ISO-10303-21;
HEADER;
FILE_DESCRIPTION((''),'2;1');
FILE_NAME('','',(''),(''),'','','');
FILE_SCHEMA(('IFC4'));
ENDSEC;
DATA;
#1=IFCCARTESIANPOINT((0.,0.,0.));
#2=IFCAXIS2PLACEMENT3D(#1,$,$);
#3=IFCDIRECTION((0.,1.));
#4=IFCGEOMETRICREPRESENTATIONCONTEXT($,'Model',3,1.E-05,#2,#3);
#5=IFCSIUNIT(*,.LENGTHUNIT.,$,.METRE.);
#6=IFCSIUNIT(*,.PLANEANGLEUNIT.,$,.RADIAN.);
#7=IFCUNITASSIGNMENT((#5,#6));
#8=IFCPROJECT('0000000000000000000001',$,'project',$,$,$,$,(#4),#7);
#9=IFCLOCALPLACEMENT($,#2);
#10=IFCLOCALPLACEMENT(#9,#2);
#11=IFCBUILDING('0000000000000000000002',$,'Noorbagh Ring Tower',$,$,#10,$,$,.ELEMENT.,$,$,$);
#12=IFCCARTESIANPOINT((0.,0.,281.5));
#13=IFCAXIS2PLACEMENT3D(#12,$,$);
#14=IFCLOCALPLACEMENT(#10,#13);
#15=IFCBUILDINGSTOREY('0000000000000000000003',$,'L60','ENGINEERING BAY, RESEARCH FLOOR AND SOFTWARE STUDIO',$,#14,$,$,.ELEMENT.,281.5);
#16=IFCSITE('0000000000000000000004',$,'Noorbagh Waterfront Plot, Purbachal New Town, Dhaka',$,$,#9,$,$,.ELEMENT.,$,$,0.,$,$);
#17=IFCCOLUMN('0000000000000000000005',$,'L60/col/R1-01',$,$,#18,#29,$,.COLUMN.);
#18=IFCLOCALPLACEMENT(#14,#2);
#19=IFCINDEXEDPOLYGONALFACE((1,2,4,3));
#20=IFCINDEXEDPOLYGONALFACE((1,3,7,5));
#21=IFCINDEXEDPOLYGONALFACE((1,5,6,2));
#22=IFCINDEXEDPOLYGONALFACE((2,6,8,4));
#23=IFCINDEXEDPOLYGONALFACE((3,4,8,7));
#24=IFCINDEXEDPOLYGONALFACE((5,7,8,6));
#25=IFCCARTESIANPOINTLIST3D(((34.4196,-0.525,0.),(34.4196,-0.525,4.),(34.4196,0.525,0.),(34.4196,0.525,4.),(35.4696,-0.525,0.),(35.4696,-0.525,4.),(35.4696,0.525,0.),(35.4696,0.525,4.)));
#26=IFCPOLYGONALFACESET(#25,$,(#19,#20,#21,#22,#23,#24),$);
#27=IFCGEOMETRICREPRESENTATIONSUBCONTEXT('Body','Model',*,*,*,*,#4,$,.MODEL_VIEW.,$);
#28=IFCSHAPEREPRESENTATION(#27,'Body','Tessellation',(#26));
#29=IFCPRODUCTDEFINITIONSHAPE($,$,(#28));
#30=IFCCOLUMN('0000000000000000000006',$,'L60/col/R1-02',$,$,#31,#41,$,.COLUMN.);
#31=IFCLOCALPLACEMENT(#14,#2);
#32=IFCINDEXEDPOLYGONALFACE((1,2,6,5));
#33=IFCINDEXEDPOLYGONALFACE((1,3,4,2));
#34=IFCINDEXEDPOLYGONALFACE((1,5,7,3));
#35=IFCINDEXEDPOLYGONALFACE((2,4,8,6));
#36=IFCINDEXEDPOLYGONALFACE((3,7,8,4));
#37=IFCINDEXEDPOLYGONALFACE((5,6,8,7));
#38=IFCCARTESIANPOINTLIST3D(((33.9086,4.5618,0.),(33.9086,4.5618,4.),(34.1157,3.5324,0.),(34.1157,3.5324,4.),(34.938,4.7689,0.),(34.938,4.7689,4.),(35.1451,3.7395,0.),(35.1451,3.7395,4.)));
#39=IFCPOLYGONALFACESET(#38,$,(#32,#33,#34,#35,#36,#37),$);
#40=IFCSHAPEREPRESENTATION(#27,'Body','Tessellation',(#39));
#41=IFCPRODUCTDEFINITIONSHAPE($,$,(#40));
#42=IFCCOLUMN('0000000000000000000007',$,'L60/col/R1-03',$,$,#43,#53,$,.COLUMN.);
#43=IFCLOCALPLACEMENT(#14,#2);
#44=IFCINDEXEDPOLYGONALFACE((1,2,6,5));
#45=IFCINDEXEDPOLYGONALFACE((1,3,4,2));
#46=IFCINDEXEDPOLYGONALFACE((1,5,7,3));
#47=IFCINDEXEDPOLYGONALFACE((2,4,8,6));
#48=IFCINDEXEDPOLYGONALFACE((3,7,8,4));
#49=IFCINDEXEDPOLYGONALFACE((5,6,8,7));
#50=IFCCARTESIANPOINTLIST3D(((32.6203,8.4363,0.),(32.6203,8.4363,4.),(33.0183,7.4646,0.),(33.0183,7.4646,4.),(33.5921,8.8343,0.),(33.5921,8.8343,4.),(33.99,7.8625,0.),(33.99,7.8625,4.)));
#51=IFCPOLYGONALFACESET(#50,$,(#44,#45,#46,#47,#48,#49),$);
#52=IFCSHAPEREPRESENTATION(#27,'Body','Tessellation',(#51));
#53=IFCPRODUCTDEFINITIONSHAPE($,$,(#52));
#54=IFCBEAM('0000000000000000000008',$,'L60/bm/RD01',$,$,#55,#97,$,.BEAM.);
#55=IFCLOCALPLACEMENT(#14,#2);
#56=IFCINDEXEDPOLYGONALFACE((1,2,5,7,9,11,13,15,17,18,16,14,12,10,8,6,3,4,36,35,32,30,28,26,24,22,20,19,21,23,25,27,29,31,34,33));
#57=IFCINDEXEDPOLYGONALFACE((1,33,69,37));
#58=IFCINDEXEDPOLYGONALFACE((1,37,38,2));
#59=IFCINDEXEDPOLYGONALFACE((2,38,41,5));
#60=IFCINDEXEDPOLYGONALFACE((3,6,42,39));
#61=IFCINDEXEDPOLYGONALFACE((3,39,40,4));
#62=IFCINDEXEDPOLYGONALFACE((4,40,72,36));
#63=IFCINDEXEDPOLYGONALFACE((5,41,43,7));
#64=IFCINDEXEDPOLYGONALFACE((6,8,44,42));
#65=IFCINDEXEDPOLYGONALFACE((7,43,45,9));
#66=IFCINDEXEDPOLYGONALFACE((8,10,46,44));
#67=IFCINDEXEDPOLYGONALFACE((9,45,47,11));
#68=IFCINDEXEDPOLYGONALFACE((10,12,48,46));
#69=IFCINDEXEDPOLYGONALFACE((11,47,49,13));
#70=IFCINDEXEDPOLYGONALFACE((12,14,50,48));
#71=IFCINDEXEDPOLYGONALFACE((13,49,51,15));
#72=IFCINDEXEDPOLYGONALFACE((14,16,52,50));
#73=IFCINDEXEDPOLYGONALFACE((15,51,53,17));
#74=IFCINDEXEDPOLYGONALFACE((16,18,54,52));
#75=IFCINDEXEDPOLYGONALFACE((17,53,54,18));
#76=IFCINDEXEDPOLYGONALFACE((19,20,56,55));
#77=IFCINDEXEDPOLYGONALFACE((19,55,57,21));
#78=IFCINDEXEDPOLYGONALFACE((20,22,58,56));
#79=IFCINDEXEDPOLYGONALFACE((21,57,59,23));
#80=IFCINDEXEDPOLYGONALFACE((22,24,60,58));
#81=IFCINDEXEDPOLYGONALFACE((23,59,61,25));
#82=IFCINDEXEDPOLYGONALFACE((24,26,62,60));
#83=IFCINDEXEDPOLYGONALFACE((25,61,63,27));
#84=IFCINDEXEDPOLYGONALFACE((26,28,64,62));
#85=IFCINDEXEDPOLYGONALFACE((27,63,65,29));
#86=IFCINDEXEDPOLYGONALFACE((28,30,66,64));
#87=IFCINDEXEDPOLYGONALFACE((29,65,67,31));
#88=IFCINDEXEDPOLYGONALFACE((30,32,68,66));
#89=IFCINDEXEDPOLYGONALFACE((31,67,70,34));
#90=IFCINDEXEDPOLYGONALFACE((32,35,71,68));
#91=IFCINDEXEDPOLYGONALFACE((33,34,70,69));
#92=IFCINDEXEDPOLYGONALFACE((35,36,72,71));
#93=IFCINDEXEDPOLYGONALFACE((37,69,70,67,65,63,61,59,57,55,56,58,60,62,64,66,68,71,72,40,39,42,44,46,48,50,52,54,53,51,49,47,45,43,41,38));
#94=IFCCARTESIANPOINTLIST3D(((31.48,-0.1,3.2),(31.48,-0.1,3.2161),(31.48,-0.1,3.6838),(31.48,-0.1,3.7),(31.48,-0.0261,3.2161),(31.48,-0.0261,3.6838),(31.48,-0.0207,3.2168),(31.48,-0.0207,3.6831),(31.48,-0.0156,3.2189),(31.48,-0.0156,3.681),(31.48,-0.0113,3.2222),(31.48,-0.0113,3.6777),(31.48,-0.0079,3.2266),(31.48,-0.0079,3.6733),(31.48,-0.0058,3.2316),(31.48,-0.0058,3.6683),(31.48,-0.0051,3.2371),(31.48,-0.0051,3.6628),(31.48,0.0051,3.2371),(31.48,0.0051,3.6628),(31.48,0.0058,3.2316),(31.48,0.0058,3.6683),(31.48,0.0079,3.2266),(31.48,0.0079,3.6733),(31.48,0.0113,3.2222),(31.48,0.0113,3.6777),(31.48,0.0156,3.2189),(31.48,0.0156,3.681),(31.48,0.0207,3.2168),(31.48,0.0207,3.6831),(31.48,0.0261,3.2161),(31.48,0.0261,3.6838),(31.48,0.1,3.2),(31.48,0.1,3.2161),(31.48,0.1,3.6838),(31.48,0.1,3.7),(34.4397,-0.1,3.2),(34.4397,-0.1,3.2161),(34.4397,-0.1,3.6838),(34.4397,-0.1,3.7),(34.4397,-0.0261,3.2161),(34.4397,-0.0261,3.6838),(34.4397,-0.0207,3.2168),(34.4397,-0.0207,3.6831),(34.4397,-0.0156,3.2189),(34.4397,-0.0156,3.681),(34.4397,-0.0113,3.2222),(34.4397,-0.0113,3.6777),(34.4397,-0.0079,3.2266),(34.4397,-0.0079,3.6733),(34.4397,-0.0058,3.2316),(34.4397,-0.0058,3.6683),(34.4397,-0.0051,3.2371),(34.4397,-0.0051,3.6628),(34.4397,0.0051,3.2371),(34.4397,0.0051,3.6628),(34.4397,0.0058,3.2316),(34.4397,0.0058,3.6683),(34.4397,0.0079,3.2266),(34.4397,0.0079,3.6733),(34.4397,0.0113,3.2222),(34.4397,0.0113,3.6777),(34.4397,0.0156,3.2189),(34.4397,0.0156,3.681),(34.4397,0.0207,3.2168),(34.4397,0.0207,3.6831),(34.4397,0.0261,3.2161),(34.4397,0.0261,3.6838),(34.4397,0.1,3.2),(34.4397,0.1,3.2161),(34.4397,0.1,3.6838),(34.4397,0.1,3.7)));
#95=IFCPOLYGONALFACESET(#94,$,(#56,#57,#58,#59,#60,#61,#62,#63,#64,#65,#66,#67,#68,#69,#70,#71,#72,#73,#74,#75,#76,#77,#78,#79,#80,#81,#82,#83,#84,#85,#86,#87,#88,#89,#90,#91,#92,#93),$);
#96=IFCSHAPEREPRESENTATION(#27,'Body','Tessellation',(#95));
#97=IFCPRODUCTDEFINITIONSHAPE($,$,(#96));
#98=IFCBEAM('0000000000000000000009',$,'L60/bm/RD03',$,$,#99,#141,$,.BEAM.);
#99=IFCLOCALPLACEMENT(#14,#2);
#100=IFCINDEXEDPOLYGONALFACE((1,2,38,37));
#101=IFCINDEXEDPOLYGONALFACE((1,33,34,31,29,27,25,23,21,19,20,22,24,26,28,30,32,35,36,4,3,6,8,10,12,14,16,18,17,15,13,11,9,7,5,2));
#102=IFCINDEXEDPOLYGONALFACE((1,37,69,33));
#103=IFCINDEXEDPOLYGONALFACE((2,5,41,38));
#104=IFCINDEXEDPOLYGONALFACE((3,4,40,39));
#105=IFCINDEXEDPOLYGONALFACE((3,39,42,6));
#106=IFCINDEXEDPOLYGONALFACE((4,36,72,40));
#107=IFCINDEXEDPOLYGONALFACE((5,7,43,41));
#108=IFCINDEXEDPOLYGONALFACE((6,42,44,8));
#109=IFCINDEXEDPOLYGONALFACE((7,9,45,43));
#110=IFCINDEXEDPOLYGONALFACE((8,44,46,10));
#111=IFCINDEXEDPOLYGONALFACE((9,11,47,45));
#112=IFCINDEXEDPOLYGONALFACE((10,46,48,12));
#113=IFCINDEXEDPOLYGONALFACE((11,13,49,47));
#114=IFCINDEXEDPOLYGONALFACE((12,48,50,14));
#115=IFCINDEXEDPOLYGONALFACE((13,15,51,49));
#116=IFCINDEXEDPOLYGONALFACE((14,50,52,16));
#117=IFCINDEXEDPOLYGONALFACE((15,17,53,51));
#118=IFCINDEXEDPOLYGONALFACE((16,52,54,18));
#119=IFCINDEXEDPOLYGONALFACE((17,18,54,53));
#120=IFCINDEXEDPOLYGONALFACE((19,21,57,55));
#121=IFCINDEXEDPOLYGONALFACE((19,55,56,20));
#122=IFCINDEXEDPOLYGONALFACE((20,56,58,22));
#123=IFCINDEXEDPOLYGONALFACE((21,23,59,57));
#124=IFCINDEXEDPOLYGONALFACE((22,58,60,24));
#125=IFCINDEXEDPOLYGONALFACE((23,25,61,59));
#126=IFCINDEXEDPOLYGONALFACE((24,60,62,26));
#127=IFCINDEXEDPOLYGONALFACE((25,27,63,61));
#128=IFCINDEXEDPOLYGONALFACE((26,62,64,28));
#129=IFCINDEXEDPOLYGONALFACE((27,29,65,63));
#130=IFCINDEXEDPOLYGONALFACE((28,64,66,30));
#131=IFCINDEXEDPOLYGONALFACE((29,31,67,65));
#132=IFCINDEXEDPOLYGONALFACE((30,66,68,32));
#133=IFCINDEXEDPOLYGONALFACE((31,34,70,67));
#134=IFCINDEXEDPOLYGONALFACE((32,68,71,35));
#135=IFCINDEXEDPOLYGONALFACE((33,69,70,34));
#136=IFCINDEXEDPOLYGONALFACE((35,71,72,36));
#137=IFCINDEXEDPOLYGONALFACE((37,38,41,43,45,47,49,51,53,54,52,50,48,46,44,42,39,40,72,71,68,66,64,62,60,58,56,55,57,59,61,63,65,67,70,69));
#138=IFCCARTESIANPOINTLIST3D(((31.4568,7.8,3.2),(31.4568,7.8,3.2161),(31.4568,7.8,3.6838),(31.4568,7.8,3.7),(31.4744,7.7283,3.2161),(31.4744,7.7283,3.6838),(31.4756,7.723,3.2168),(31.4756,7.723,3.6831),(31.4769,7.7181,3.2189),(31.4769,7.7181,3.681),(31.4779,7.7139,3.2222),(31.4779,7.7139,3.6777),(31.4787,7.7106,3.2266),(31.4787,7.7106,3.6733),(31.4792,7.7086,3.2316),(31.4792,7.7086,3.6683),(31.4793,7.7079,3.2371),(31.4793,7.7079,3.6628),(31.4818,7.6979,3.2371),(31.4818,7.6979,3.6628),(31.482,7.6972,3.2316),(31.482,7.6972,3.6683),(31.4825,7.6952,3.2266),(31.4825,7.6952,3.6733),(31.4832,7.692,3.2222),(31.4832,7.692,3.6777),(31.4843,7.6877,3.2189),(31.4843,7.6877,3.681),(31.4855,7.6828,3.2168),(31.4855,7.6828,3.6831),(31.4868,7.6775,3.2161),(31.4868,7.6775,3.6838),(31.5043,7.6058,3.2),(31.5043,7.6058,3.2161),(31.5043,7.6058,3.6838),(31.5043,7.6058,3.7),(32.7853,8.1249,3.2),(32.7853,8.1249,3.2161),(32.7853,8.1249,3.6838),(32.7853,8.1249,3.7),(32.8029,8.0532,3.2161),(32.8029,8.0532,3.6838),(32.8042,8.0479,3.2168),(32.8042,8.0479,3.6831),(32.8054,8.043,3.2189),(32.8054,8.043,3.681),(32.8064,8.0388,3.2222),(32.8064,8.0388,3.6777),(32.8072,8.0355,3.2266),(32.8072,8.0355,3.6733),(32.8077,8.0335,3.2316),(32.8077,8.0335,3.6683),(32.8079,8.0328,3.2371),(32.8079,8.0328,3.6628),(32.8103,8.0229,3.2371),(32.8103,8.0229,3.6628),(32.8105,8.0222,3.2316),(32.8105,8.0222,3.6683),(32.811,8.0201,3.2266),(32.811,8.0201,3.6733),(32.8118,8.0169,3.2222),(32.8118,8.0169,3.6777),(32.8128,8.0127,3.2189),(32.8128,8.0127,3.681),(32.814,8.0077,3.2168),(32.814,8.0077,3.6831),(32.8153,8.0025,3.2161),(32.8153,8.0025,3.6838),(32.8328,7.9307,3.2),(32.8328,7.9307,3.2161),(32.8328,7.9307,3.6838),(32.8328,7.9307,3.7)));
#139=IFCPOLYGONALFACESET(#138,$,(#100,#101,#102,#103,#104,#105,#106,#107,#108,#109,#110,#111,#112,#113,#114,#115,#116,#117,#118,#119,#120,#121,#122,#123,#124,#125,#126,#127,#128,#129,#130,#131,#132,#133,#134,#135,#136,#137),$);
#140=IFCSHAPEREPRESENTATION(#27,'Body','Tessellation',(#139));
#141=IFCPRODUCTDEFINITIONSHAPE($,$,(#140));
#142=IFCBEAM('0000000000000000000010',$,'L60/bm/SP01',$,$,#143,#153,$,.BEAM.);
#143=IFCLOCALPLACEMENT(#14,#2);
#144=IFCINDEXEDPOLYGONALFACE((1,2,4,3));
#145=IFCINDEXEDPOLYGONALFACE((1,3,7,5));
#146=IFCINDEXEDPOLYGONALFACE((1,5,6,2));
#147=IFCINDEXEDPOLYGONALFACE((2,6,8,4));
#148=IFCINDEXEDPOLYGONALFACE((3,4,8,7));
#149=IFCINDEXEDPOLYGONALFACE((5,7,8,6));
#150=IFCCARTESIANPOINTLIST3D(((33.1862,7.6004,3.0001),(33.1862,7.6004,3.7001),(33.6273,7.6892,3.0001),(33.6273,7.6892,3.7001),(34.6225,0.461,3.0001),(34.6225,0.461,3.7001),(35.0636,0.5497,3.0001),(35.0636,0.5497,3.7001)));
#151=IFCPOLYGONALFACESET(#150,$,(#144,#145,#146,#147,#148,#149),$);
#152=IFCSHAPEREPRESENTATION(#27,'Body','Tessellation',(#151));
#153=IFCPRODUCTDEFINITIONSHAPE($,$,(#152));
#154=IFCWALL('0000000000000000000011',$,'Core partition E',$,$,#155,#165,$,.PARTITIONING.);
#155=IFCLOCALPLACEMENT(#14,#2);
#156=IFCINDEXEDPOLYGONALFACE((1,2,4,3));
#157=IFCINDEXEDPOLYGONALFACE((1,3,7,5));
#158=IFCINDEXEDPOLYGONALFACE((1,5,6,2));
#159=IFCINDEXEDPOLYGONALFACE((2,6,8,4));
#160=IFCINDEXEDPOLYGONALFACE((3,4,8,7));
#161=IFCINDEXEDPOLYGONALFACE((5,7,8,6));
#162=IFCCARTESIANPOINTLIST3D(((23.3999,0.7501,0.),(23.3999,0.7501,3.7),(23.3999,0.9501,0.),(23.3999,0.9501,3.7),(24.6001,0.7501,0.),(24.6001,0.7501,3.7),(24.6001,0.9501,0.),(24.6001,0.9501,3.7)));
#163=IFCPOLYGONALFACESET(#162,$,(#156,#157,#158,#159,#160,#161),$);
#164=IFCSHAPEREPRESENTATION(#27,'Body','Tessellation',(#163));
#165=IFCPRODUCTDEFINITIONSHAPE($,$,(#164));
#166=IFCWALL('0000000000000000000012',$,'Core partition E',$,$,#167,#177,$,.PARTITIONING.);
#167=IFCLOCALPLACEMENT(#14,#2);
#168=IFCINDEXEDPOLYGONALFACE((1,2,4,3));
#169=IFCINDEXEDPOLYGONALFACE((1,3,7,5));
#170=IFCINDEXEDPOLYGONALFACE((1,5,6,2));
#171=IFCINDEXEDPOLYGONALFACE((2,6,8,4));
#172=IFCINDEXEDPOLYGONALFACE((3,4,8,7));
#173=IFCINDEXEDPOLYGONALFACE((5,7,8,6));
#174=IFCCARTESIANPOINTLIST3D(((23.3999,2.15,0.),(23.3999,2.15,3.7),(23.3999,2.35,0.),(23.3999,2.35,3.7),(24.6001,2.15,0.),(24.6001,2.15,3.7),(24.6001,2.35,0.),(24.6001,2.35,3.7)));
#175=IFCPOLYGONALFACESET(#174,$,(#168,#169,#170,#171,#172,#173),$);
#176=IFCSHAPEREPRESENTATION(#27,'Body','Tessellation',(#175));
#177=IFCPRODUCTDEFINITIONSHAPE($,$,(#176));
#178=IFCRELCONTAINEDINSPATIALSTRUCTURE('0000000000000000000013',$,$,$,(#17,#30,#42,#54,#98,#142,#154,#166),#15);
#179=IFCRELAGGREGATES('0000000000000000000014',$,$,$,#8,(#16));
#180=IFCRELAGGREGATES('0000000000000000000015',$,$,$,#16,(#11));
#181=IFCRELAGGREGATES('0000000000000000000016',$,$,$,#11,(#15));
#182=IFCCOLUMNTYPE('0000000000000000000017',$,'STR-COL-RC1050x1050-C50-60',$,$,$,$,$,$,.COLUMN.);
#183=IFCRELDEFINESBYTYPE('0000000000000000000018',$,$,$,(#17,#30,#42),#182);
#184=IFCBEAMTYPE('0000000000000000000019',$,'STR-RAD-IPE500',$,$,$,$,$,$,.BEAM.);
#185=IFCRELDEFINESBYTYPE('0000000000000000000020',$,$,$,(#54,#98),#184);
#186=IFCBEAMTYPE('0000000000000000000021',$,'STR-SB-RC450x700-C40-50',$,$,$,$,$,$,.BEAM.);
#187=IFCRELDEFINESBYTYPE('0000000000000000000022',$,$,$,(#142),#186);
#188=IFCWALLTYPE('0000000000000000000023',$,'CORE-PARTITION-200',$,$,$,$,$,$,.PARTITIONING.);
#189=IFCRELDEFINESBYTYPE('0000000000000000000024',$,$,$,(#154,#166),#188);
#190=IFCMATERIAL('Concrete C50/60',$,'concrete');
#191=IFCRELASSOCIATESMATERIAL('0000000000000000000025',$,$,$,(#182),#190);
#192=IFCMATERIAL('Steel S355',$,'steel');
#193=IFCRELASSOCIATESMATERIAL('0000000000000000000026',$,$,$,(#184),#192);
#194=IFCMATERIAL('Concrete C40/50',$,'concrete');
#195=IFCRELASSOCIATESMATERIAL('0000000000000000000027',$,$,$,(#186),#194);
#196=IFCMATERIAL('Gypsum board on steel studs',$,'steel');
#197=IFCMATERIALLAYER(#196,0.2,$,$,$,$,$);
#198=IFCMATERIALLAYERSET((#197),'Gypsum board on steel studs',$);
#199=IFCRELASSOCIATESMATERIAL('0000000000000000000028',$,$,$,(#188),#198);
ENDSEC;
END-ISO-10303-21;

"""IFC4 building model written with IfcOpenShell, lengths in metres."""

from ifc_helpers import new_model, si_unit, direction, frame, frame_2d, origin, origin_2d, place, context, subcontext, project, spatial, rectangle, i_section, extrude, material, layer, layer_set, material_profile, profile_set, type_object, element, save


model = new_model("IFC4")

# Units and contexts
model_context = context("Model", 3, precision=1e-05, world=origin(), true_north=direction((0.0, 1.0)))
body_context = subcontext(model_context, "Body", "Model", "MODEL_VIEW")
ifc_project = project(units=[si_unit("LENGTHUNIT", "METRE"), si_unit("PLANEANGLEUNIT", "RADIAN")], contexts=[model_context])

# Site, building, storey
site_placement = place(None, origin())
site = spatial("IfcSite", under=ifc_project, at=site_placement, Name="Noorbagh Waterfront Plot, Purbachal New Town, Dhaka", CompositionType="ELEMENT", RefElevation=0.0)
building_placement = place(site_placement, origin())
building = spatial("IfcBuilding", under=site, at=building_placement, Name="Noorbagh Ring Tower", CompositionType="ELEMENT")
storey_placement = place(building_placement, frame((0.0, 0.0, 281.5)))
storey = spatial("IfcBuildingStorey", under=building, at=storey_placement, Name="L60", Description="ENGINEERING BAY, RESEARCH FLOOR AND SOFTWARE STUDIO", CompositionType="ELEMENT", Elevation=281.5)

# Columns
ifc_material_1 = material(Name="Concrete C50/60", Category="concrete")
ifc_material_profile_1 = material_profile(ifc_material_1, rectangle(XDim=1.05, YDim=1.05, at=origin_2d()), Name="RC1050x1050")
ifc_profile_set_1 = profile_set([ifc_material_profile_1], Name="Concrete C50/60")
column_type = type_object("IfcColumnType", Name="STR-COL-RC1050x1050-C50-60", PredefinedType="COLUMN", material=ifc_profile_set_1)
for number, where, z_axis, x_axis, name in (
    (1, (34.9446, 0.0, 0.0), (0.0, 0.0, 1.0), (0.0, 1.0, 0.0), "L60/col/R1-01"),
    (2, (34.5269, 4.1506, 0.0), (0.0, 0.0, 1.0), (-0.19723, 0.980357, 0.0), "L60/col/R1-02"),
    (3, (33.3052, 8.1494, 0.0), (0.0, 0.0, 1.0), (-0.378989, 0.925401, 0.0), "L60/col/R1-03"),
):
    element("IfcColumn", number, at=place(storey_placement, frame(where, z_axis=z_axis, x_axis=x_axis)), inside=storey, type_object=column_type, Name=name, PredefinedType="COLUMN", context=body_context, shape_type="SweptSolid", body=[
        extrude(rectangle(XDim=1.05, YDim=1.05, at=origin_2d()), origin(), (0.0, 0.0, 1.0), 4.0),
    ])

# Beams
ifc_material_2 = material(Name="Steel S355", Category="steel")
ifc_material_profile_2 = material_profile(ifc_material_2, i_section(OverallWidth=0.2, OverallDepth=0.5, WebThickness=0.0103, FlangeThickness=0.0161, FilletRadius=0.021, at=origin_2d()), Name="IPE500")
ifc_profile_set_2 = profile_set([ifc_material_profile_2], Name="Steel S355")
beam_type_1 = type_object("IfcBeamType", Name="STR-RAD-IPE500", PredefinedType="BEAM", material=ifc_profile_set_2)
beam_1_placement = place(storey_placement, frame((34.4397, 0.0, 3.45), z_axis=(-1.0, 0.0, 0.0), x_axis=(0.0, -1.0, 0.0)))
element("IfcBeam", 4, at=beam_1_placement, inside=storey, type_object=beam_type_1, Name="L60/bm/RD01", PredefinedType="BEAM", context=body_context, shape_type="SweptSolid", body=[
    extrude(i_section(OverallWidth=0.2, OverallDepth=0.5, WebThickness=0.0103, FlangeThickness=0.0161, FilletRadius=0.021, at=origin_2d()), origin(), (0.0, 0.0, 1.0), 2.9597),
])
beam_2_placement = place(storey_placement, frame((32.8091, 8.0278, 3.45), z_axis=(-0.971369, -0.237577, 0.0), x_axis=(0.237577, -0.971369, 0.0)))
element("IfcBeam", 5, at=beam_2_placement, inside=storey, type_object=beam_type_1, Name="L60/bm/RD03", PredefinedType="BEAM", context=body_context, shape_type="SweptSolid", body=[
    extrude(i_section(OverallWidth=0.2, OverallDepth=0.5, WebThickness=0.0103, FlangeThickness=0.0161, FilletRadius=0.021, at=origin_2d()), origin(), (0.0, 0.0, 1.0), 1.3677),
])
ifc_material_3 = material(Name="Concrete C40/50", Category="concrete")
ifc_material_profile_3 = material_profile(ifc_material_3, rectangle(XDim=0.45, YDim=0.7, at=origin_2d()), Name="RC450x700")
ifc_profile_set_3 = profile_set([ifc_material_profile_3], Name="Concrete C40/50")
beam_type_2 = type_object("IfcBeamType", Name="STR-SB-RC450x700-C40-50", PredefinedType="BEAM", material=ifc_profile_set_3)
beam_3_placement = place(storey_placement, frame((34.843, 0.5054, 3.3501), z_axis=(-0.197225, 0.980358, 0.0), x_axis=(-0.980358, -0.197225, 0.0)))
element("IfcBeam", 6, at=beam_3_placement, inside=storey, type_object=beam_type_2, Name="L60/bm/SP01", PredefinedType="BEAM", context=body_context, shape_type="SweptSolid", body=[
    extrude(rectangle(XDim=0.45, YDim=0.7, at=origin_2d()), origin(), (0.0, 0.0, 1.0), 7.2825),
])

# Walls
ifc_material_4 = material(Name="Gypsum board on steel studs", Category="steel")
ifc_layer_1 = layer(ifc_material_4, 0.2)
ifc_layer_set_1 = layer_set([ifc_layer_1], Name="Gypsum board on steel studs")
wall_type_1 = type_object("IfcWallType", Name="CORE-PARTITION-200", PredefinedType="PARTITIONING", material=ifc_layer_set_1)
for number, where, z_axis, x_axis, name in (
    (7, (23.3999, 0.8501, 0.0), (0.0, 0.0, 1.0), (1.0, 0.0, 0.0), "Core partition E"),
    (8, (23.3999, 2.25, 0.0), (0.0, 0.0, 1.0), (1.0, 0.0, 0.0), "Core partition E"),
):
    element("IfcWall", number, at=place(storey_placement, frame(where, z_axis=z_axis, x_axis=x_axis)), inside=storey, type_object=wall_type_1, Name=name, PredefinedType="PARTITIONING", context=body_context, shape_type="SweptSolid", body=[
        extrude(rectangle(XDim=1.2002, YDim=0.2, at=frame_2d((0.6001, 0.0))), origin(), (0.0, 0.0, 1.0), 3.7),
    ])

save(model, "model.ifc")
